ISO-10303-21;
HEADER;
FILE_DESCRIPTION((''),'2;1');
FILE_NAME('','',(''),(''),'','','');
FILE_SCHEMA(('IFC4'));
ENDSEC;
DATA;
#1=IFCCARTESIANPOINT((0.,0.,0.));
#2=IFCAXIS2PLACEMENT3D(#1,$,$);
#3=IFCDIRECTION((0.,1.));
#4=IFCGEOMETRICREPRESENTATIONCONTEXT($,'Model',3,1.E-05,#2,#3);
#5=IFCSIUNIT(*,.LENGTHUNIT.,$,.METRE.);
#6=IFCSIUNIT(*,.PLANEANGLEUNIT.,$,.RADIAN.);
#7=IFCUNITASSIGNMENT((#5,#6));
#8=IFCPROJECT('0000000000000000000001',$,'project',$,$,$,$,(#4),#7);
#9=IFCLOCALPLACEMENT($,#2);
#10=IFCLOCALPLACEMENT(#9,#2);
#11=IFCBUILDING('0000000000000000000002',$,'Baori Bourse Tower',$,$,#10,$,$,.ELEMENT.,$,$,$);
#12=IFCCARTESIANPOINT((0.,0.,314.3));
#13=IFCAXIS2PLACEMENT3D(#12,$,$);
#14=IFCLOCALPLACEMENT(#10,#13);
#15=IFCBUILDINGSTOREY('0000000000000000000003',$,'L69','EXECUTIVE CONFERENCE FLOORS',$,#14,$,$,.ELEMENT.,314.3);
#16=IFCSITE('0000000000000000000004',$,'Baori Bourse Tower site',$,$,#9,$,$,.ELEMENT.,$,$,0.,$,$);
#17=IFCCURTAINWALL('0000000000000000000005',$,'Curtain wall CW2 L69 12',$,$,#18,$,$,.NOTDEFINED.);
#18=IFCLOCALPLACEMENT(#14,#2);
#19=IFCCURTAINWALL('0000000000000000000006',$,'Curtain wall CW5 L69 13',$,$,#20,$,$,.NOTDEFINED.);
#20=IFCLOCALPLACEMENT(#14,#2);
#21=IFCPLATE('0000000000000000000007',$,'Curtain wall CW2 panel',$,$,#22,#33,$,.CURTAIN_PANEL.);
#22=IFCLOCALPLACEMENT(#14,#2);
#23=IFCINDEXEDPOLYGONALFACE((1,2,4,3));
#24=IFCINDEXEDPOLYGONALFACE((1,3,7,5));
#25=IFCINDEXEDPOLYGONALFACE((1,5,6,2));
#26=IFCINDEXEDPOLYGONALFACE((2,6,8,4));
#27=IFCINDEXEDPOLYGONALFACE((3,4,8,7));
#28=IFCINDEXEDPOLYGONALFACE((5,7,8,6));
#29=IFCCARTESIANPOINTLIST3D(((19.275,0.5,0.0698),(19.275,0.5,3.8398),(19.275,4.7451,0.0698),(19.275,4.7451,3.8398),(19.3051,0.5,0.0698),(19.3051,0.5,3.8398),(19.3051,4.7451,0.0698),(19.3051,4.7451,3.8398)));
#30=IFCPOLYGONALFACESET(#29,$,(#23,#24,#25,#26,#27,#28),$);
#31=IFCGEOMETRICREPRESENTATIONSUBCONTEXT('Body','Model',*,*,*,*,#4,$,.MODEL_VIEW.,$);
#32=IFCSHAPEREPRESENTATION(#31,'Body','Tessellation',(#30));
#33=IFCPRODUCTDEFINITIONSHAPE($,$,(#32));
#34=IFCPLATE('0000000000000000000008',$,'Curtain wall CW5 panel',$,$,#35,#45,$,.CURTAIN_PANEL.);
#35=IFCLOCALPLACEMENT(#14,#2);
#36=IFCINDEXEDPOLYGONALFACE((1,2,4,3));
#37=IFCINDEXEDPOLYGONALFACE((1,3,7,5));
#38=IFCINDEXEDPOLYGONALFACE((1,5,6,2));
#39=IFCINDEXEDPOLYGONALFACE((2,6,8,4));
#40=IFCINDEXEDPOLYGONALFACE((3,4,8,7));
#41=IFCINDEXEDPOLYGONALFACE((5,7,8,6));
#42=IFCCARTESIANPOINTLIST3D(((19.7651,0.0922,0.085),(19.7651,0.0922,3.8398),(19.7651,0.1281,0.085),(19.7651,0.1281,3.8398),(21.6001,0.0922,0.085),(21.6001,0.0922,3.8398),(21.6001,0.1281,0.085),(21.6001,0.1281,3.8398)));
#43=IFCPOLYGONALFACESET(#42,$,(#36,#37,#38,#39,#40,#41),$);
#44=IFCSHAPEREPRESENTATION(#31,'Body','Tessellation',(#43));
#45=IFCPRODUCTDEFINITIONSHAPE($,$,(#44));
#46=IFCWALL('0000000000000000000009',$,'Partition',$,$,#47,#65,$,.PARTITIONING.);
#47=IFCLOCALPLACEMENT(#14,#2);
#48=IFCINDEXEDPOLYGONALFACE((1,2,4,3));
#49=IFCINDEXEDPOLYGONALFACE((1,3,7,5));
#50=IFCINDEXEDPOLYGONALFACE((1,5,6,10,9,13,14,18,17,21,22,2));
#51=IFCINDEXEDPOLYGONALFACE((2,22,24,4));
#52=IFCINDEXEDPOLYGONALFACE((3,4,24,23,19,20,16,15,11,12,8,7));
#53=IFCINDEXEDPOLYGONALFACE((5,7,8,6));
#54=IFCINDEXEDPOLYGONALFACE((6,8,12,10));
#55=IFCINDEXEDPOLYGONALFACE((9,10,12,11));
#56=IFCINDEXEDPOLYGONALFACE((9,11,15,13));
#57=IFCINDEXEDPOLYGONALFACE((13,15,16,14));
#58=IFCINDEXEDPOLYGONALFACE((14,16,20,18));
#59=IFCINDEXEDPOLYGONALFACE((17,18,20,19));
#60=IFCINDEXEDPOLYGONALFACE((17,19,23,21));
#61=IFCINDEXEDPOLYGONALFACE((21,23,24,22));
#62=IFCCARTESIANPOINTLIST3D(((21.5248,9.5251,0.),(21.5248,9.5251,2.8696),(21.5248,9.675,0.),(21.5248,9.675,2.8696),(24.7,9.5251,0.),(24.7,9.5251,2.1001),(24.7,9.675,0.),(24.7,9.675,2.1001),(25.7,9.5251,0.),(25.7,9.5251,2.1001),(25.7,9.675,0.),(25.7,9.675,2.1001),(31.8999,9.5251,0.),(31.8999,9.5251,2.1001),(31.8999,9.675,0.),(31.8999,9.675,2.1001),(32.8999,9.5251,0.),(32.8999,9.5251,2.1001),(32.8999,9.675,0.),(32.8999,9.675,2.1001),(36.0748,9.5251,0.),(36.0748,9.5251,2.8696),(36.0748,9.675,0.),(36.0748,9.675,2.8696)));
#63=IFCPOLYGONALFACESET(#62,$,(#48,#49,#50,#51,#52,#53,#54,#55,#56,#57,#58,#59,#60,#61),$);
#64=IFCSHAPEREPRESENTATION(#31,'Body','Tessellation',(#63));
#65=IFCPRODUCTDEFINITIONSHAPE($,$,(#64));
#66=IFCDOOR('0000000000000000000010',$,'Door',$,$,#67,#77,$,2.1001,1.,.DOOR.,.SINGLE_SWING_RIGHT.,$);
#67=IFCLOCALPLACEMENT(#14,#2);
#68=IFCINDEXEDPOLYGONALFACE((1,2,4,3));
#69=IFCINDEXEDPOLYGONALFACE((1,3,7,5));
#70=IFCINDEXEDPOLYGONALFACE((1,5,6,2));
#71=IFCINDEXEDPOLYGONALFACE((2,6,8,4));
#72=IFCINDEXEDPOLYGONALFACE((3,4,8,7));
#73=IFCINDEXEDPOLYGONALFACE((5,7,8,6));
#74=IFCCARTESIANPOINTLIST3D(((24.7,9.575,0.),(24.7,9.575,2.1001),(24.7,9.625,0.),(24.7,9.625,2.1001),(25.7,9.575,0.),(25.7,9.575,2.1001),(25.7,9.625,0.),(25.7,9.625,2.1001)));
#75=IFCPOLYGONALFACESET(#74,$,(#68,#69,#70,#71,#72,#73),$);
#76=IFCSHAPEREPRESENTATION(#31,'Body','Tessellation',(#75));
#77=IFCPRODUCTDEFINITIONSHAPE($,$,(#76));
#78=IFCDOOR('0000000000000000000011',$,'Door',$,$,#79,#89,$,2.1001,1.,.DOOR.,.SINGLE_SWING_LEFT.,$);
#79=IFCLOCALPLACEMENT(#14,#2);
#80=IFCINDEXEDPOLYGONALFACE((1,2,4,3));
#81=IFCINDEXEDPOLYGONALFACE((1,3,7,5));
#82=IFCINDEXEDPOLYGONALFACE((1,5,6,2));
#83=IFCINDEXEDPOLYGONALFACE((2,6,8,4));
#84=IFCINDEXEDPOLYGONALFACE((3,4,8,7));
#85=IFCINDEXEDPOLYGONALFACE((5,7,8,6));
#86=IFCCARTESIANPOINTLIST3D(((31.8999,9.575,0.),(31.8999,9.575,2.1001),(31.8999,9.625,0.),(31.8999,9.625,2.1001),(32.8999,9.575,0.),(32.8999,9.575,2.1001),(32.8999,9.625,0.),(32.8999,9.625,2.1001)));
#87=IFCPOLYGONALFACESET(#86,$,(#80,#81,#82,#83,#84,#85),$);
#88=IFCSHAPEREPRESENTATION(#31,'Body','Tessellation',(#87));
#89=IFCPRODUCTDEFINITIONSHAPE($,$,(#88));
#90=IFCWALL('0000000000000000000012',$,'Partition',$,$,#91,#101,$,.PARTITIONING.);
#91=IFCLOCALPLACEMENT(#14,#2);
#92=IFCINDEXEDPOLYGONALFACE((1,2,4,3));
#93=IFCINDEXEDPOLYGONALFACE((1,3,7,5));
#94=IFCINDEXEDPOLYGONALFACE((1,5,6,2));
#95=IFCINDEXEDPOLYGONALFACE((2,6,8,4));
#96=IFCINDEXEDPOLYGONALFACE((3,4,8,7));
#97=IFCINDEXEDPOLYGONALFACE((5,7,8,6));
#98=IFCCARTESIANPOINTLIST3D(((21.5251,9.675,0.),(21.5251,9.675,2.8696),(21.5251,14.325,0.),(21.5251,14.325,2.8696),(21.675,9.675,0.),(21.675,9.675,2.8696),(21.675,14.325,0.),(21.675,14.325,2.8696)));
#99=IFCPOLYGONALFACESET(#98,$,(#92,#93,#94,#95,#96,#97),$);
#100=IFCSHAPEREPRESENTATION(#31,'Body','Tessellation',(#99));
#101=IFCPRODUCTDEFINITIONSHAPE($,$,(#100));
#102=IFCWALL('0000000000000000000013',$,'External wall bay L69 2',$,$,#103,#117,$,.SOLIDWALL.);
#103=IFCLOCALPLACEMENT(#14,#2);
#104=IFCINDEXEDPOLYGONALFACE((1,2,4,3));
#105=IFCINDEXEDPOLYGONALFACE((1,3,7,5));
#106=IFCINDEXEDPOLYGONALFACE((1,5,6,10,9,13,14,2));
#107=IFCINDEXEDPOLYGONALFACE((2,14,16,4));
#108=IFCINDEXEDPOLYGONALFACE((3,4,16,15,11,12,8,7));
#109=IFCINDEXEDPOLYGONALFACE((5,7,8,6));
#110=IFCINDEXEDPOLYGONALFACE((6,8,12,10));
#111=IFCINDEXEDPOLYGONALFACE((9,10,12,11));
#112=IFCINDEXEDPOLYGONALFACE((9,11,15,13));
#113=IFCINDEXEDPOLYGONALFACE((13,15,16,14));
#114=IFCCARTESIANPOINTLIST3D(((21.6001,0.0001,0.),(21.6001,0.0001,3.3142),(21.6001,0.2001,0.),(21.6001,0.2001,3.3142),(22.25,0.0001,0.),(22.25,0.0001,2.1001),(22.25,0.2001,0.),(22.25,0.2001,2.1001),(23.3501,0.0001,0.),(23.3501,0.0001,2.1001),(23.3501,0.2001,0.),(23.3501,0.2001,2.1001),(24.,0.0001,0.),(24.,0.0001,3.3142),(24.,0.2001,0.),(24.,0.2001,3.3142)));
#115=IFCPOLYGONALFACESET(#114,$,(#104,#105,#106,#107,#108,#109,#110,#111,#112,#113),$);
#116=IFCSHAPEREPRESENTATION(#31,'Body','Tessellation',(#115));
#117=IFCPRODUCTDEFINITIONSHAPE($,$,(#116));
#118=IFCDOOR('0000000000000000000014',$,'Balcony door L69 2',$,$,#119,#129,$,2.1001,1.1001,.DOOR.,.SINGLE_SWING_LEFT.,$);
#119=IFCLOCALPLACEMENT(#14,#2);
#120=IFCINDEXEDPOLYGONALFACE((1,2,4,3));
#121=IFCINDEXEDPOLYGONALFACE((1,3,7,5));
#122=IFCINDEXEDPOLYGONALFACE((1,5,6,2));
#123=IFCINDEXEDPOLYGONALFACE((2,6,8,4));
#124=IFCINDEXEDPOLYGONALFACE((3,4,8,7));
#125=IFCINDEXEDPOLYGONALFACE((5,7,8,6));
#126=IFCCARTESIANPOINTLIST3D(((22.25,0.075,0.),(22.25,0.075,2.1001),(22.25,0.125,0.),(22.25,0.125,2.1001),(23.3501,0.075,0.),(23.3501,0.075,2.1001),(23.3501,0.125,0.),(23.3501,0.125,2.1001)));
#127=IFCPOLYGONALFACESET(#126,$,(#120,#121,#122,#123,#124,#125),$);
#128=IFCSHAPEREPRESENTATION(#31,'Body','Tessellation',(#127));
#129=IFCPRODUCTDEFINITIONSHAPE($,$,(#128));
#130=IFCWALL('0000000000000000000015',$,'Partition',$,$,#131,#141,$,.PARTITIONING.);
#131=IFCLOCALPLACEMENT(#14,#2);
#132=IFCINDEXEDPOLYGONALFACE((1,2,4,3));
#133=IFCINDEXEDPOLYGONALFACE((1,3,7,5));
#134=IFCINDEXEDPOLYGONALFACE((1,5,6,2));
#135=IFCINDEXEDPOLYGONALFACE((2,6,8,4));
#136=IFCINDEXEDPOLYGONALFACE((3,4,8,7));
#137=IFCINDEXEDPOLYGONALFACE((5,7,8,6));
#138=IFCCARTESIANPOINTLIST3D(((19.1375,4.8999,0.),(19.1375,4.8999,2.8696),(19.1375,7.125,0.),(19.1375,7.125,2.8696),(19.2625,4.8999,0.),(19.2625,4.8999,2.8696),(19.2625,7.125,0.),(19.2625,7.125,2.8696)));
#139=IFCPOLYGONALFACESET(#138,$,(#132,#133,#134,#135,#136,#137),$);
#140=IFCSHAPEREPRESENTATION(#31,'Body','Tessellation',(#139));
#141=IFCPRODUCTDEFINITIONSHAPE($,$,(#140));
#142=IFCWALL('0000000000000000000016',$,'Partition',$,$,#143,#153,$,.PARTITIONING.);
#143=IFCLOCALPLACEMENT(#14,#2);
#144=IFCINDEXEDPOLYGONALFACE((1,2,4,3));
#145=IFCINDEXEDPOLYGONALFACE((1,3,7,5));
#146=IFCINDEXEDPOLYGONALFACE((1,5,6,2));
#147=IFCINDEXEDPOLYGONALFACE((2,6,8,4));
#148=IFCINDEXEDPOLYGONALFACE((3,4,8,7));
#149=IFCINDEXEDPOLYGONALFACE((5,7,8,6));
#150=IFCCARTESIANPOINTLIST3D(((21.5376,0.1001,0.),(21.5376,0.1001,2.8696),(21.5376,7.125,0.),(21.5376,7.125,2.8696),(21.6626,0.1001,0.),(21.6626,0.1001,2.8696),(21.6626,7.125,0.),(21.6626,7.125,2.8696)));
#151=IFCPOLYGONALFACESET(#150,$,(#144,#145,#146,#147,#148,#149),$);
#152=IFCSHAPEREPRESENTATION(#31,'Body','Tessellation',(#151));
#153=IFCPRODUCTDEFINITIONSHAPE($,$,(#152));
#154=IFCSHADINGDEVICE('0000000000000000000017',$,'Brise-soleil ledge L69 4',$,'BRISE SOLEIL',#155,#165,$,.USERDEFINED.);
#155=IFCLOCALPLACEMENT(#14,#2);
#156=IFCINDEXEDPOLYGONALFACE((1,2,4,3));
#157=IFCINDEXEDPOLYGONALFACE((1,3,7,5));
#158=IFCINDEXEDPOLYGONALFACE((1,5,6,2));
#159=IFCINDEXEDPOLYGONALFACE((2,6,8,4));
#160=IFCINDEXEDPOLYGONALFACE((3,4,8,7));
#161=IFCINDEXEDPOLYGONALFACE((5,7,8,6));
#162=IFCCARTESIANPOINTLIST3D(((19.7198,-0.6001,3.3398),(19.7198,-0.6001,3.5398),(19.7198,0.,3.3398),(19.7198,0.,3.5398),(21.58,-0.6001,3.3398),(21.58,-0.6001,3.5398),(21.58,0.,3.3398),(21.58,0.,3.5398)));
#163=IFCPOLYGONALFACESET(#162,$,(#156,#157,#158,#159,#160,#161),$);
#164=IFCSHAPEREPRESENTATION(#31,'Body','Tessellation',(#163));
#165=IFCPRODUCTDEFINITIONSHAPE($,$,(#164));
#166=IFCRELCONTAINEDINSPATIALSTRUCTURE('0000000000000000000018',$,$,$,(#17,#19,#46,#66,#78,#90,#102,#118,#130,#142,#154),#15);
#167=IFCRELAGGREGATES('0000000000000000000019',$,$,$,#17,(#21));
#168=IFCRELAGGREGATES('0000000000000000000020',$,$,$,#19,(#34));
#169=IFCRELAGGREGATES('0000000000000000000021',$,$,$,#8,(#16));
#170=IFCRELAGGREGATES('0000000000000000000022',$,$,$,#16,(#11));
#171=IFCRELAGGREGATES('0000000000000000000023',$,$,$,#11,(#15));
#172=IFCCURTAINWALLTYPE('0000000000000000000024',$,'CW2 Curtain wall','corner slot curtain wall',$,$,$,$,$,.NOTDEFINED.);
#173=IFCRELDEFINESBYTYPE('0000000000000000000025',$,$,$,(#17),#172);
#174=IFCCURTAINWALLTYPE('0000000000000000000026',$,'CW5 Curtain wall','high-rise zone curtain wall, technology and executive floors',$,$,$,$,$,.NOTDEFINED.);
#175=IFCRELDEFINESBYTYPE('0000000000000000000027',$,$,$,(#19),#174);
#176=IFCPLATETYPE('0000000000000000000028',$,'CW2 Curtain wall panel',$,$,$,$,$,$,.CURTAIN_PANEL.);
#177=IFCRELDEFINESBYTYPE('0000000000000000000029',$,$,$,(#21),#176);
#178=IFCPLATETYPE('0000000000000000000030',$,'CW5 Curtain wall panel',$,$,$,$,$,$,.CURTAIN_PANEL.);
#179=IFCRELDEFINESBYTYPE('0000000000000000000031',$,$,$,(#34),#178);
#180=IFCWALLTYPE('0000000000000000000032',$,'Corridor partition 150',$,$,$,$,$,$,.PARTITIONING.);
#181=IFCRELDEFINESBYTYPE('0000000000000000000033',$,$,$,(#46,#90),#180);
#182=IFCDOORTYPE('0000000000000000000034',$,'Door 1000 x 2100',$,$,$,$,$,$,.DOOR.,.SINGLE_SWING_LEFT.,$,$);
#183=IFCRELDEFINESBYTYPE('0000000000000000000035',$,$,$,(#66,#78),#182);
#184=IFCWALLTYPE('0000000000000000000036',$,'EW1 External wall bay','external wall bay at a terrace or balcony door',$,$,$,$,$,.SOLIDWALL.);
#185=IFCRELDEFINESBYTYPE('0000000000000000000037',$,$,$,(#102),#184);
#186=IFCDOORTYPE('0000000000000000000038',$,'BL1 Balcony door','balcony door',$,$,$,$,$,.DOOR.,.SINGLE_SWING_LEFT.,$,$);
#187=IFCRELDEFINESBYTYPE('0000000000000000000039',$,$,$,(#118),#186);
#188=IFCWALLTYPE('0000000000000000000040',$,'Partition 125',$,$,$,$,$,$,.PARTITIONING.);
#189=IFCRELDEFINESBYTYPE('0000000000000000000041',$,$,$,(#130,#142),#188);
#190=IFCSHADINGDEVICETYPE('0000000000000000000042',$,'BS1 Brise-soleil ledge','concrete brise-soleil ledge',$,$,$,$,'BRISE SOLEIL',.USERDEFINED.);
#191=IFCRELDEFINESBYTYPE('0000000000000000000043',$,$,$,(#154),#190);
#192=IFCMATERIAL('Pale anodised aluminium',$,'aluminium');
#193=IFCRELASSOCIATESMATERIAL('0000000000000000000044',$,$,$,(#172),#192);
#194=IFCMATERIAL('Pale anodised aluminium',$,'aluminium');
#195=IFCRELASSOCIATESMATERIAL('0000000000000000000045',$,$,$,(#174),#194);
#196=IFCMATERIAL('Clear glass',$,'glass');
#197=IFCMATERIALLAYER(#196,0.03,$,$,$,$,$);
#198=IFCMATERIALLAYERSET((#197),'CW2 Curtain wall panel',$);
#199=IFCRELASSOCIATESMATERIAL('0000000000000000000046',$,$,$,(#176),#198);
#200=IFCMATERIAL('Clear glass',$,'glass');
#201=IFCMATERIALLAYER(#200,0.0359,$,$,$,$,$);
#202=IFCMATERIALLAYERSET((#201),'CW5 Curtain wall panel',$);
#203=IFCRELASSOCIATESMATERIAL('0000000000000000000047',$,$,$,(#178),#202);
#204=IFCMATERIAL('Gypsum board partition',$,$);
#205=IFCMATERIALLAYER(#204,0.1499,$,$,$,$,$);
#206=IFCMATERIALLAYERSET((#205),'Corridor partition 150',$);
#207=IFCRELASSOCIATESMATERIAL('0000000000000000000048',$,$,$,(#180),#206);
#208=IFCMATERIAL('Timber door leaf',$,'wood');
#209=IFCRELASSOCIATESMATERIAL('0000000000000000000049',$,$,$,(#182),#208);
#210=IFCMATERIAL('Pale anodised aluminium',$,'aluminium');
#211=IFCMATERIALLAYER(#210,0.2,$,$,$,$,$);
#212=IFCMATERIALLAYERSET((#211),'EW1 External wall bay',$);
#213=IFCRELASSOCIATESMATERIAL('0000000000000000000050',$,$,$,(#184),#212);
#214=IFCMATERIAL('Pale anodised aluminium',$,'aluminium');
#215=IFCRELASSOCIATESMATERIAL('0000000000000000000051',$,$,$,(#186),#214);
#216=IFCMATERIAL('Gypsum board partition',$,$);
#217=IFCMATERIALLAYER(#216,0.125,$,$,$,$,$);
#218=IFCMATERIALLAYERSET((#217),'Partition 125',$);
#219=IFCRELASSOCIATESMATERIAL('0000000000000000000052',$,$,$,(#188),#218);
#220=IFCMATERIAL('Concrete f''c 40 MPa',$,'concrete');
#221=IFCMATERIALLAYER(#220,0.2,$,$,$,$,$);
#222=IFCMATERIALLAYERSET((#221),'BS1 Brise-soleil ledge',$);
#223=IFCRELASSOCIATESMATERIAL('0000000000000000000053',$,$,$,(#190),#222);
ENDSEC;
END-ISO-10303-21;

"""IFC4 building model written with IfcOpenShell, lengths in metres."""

from ifc_helpers import new_model, si_unit, direction, frame, frame_2d, origin, origin_2d, place, context, subcontext, project, spatial, rectangle, extrude, material, layer, layer_set, type_object, element, fill, aggregate, save


model = new_model("IFC4")

# Units and contexts
model_context = context("Model", 3, precision=1e-05, world=origin(), true_north=direction((0.0, 1.0)))
body_context = subcontext(model_context, "Body", "Model", "MODEL_VIEW")
ifc_project = project(units=[si_unit("LENGTHUNIT", "METRE"), si_unit("PLANEANGLEUNIT", "RADIAN")], contexts=[model_context])

# Site, building, storey
site_placement = place(None, origin())
site = spatial("IfcSite", under=ifc_project, at=site_placement, Name="Baori Bourse Tower site", CompositionType="ELEMENT", RefElevation=0.0)
building_placement = place(site_placement, origin())
building = spatial("IfcBuilding", under=site, at=building_placement, Name="Baori Bourse Tower", CompositionType="ELEMENT")
storey_placement = place(building_placement, frame((0.0, 0.0, 314.3)))
storey = spatial("IfcBuildingStorey", under=building, at=storey_placement, Name="L69", Description="EXECUTIVE CONFERENCE FLOORS", CompositionType="ELEMENT", Elevation=314.3)

# Curtain walls
ifc_material_1 = material(Name="Pale anodised aluminium", Category="aluminium")
curtain_wall_type_1 = type_object("IfcCurtainWallType", Name="CW2 Curtain wall", Description="corner slot curtain wall", PredefinedType="NOTDEFINED", material=ifc_material_1)
curtain_wall_1_placement = place(storey_placement, origin())
curtain_wall_1 = element("IfcCurtainWall", 1, at=curtain_wall_1_placement, inside=storey, type_object=curtain_wall_type_1, Name="Curtain wall CW2 L69 12", PredefinedType="NOTDEFINED")
ifc_material_2 = material(Name="Pale anodised aluminium", Category="aluminium")
curtain_wall_type_2 = type_object("IfcCurtainWallType", Name="CW5 Curtain wall", Description="high-rise zone curtain wall, technology and executive floors", PredefinedType="NOTDEFINED", material=ifc_material_2)
curtain_wall_2_placement = place(storey_placement, origin())
curtain_wall_2 = element("IfcCurtainWall", 2, at=curtain_wall_2_placement, inside=storey, type_object=curtain_wall_type_2, Name="Curtain wall CW5 L69 13", PredefinedType="NOTDEFINED")

# Plates
ifc_material_3 = material(Name="Clear glass", Category="glass")
ifc_layer_1 = layer(ifc_material_3, 0.03)
ifc_layer_set_1 = layer_set([ifc_layer_1], Name="CW2 Curtain wall panel")
plate_type_1 = type_object("IfcPlateType", Name="CW2 Curtain wall panel", PredefinedType="CURTAIN_PANEL", material=ifc_layer_set_1)
plate_1_placement = place(storey_placement, frame((19.29, 2.6226, 0.0698), z_axis=(0.0, 0.0, 1.0), x_axis=(0.0, -1.0, 0.0)))
plate_1 = element("IfcPlate", 3, at=plate_1_placement, type_object=plate_type_1, Name="Curtain wall CW2 panel", PredefinedType="CURTAIN_PANEL", context=body_context, shape_type="SweptSolid", body=[
    extrude(rectangle(XDim=4.2451, YDim=0.03, at=origin_2d()), origin(), (0.0, 0.0, 1.0), 3.77),
])
aggregate(curtain_wall_1, [plate_1])
ifc_material_4 = material(Name="Clear glass", Category="glass")
ifc_layer_2 = layer(ifc_material_4, 0.0359)
ifc_layer_set_2 = layer_set([ifc_layer_2], Name="CW5 Curtain wall panel")
plate_type_2 = type_object("IfcPlateType", Name="CW5 Curtain wall panel", PredefinedType="CURTAIN_PANEL", material=ifc_layer_set_2)
plate_2_placement = place(storey_placement, frame((20.6826, 0.1101, 0.085), z_axis=(0.0, 0.0, 1.0), x_axis=(1.0, 0.0, 0.0)))
plate_2 = element("IfcPlate", 4, at=plate_2_placement, type_object=plate_type_2, Name="Curtain wall CW5 panel", PredefinedType="CURTAIN_PANEL", context=body_context, shape_type="SweptSolid", body=[
    extrude(rectangle(XDim=1.835, YDim=0.0359, at=origin_2d()), origin(), (0.0, 0.0, 1.0), 3.7549),
])
aggregate(curtain_wall_2, [plate_2])

# Wall, openings, doors
ifc_material_5 = material(Name="Gypsum board partition")
ifc_layer_3 = layer(ifc_material_5, 0.1499)
ifc_layer_set_3 = layer_set([ifc_layer_3], Name="Corridor partition 150")
wall_type_1 = type_object("IfcWallType", Name="Corridor partition 150", PredefinedType="PARTITIONING", material=ifc_layer_set_3)
wall_1_placement = place(storey_placement, frame((21.5249, 9.6001, 0.0), z_axis=(0.0, 0.0, 1.0), x_axis=(1.0, 0.0, 0.0)))
wall_1 = element("IfcWall", 5, at=wall_1_placement, inside=storey, type_object=wall_type_1, Name="Partition", PredefinedType="PARTITIONING", context=body_context, shape_type="SweptSolid", body=[
    extrude(rectangle(XDim=14.55, YDim=0.1499, at=frame_2d((7.2749, 0.0))), origin(), (0.0, 0.0, 1.0), 2.8696),
])
opening_1_placement = place(wall_1_placement, frame((3.175, 0.0, 0.0)))
opening_1 = element("IfcOpeningElement", 6, at=opening_1_placement, cuts=wall_1, PredefinedType="OPENING", context=body_context, shape_type="SweptSolid", body=[
    extrude(rectangle(XDim=1.0, YDim=2.1001, at=frame_2d((0.5, 1.05))), frame((0.0, 0.085, 0.0), z_axis=(0.0, -1.0, 0.0), x_axis=(1.0, 0.0, 0.0)), (0.0, 0.0, 1.0), 0.1699),
])
opening_2_placement = place(wall_1_placement, frame((10.375, 0.0, 0.0)))
opening_2 = element("IfcOpeningElement", 7, at=opening_2_placement, cuts=wall_1, PredefinedType="OPENING", context=body_context, shape_type="SweptSolid", body=[
    extrude(rectangle(XDim=1.0, YDim=2.1001, at=frame_2d((0.5, 1.05))), frame((0.0, 0.085, 0.0), z_axis=(0.0, -1.0, 0.0), x_axis=(1.0, 0.0, 0.0)), (0.0, 0.0, 1.0), 0.1699),
])
ifc_material_6 = material(Name="Timber door leaf", Category="wood")
door_type_1 = type_object("IfcDoorType", Name="Door 1000 x 2100", OperationType="SINGLE_SWING_LEFT", PredefinedType="DOOR", material=ifc_material_6)
door_1_placement = place(opening_1_placement, origin())
door_1 = element("IfcDoor", 8, at=door_1_placement, inside=storey, type_object=door_type_1, Name="Door", OperationType="SINGLE_SWING_RIGHT", OverallHeight=2.1001, OverallWidth=1.0, PredefinedType="DOOR", context=body_context, shape_type="SweptSolid", body=[
    extrude(rectangle(XDim=1.0, YDim=2.1001, at=frame_2d((0.5, 1.05))), frame((0.0, 0.0249, 0.0), z_axis=(0.0, -1.0, 0.0), x_axis=(1.0, 0.0, 0.0)), (0.0, 0.0, 1.0), 0.05),
])
fill(opening_1, door_1)
door_2_placement = place(opening_2_placement, origin())
door_2 = element("IfcDoor", 9, at=door_2_placement, inside=storey, type_object=door_type_1, Name="Door", OperationType="SINGLE_SWING_LEFT", OverallHeight=2.1001, OverallWidth=1.0, PredefinedType="DOOR", context=body_context, shape_type="SweptSolid", body=[
    extrude(rectangle(XDim=1.0, YDim=2.1001, at=frame_2d((0.5, 1.05))), frame((0.0, 0.0249, 0.0), z_axis=(0.0, -1.0, 0.0), x_axis=(1.0, 0.0, 0.0)), (0.0, 0.0, 1.0), 0.05),
])
fill(opening_2, door_2)

# Wall
wall_2_placement = place(storey_placement, frame((21.6001, 9.675, 0.0), z_axis=(0.0, 0.0, 1.0), x_axis=(0.0, 1.0, 0.0)))
element("IfcWall", 10, at=wall_2_placement, inside=storey, type_object=wall_type_1, Name="Partition", PredefinedType="PARTITIONING", context=body_context, shape_type="SweptSolid", body=[
    extrude(rectangle(XDim=4.6499, YDim=0.1499, at=frame_2d((2.325, 0.0))), origin(), (0.0, 0.0, 1.0), 2.8696),
])

# Wall, opening, door
ifc_material_7 = material(Name="Pale anodised aluminium", Category="aluminium")
ifc_layer_4 = layer(ifc_material_7, 0.2)
ifc_layer_set_4 = layer_set([ifc_layer_4], Name="EW1 External wall bay")
wall_type_2 = type_object("IfcWallType", Name="EW1 External wall bay", Description="external wall bay at a terrace or balcony door", PredefinedType="SOLIDWALL", material=ifc_layer_set_4)
wall_3_placement = place(storey_placement, frame((21.6001, 0.1001, 0.0), z_axis=(0.0, 0.0, 1.0), x_axis=(1.0, 0.0, 0.0)))
wall_3 = element("IfcWall", 11, at=wall_3_placement, inside=storey, type_object=wall_type_2, Name="External wall bay L69 2", PredefinedType="SOLIDWALL", context=body_context, shape_type="SweptSolid", body=[
    extrude(rectangle(XDim=2.3999, YDim=0.2, at=frame_2d((1.2, 0.0))), origin(), (0.0, 0.0, 1.0), 3.3142),
])
opening_3_placement = place(wall_3_placement, frame((0.6499, 0.0, 0.0)))
opening_3 = element("IfcOpeningElement", 12, at=opening_3_placement, cuts=wall_3, PredefinedType="OPENING", context=body_context, shape_type="SweptSolid", body=[
    extrude(rectangle(XDim=1.1001, YDim=2.1001, at=frame_2d((0.55, 1.05))), frame((0.0, 0.1099, 0.0), z_axis=(0.0, -1.0, 0.0), x_axis=(1.0, 0.0, 0.0)), (0.0, 0.0, 1.0), 0.22),
])
ifc_material_8 = material(Name="Pale anodised aluminium", Category="aluminium")
door_type_2 = type_object("IfcDoorType", Name="BL1 Balcony door", Description="balcony door", OperationType="SINGLE_SWING_LEFT", PredefinedType="DOOR", material=ifc_material_8)
door_3_placement = place(opening_3_placement, origin())
door_3 = element("IfcDoor", 13, at=door_3_placement, inside=storey, type_object=door_type_2, Name="Balcony door L69 2", OperationType="SINGLE_SWING_LEFT", OverallHeight=2.1001, OverallWidth=1.1001, PredefinedType="DOOR", context=body_context, shape_type="SweptSolid", body=[
    extrude(rectangle(XDim=1.1001, YDim=2.1001, at=frame_2d((0.55, 1.05))), frame((0.0, 0.0249, 0.0), z_axis=(0.0, -1.0, 0.0), x_axis=(1.0, 0.0, 0.0)), (0.0, 0.0, 1.0), 0.05),
])
fill(opening_3, door_3)

# Walls
ifc_material_9 = material(Name="Gypsum board partition")
ifc_layer_5 = layer(ifc_material_9, 0.125)
ifc_layer_set_5 = layer_set([ifc_layer_5], Name="Partition 125")
wall_type_3 = type_object("IfcWallType", Name="Partition 125", PredefinedType="PARTITIONING", material=ifc_layer_set_5)
wall_4_placement = place(storey_placement, frame((19.2, 4.8999, 0.0), z_axis=(0.0, 0.0, 1.0), x_axis=(0.0, 1.0, 0.0)))
element("IfcWall", 14, at=wall_4_placement, inside=storey, type_object=wall_type_3, Name="Partition", PredefinedType="PARTITIONING", context=body_context, shape_type="SweptSolid", body=[
    extrude(rectangle(XDim=2.2251, YDim=0.125, at=frame_2d((1.1125, 0.0))), origin(), (0.0, 0.0, 1.0), 2.8696),
])
wall_5_placement = place(storey_placement, frame((21.6001, 0.1001, 0.0), z_axis=(0.0, 0.0, 1.0), x_axis=(0.0, 1.0, 0.0)))
element("IfcWall", 15, at=wall_5_placement, inside=storey, type_object=wall_type_3, Name="Partition", PredefinedType="PARTITIONING", context=body_context, shape_type="SweptSolid", body=[
    extrude(rectangle(XDim=7.0249, YDim=0.125, at=frame_2d((3.5125, 0.0))), origin(), (0.0, 0.0, 1.0), 2.8696),
])

# Shading device
ifc_material_10 = material(Name="Concrete f'c 40 MPa", Category="concrete")
ifc_layer_6 = layer(ifc_material_10, 0.2)
ifc_layer_set_6 = layer_set([ifc_layer_6], Name="BS1 Brise-soleil ledge")
shading_device_type = type_object("IfcShadingDeviceType", Name="BS1 Brise-soleil ledge", Description="concrete brise-soleil ledge", ElementType="BRISE SOLEIL", PredefinedType="USERDEFINED", material=ifc_layer_set_6)
shading_device_placement = place(storey_placement, frame((20.6499, -0.3, 3.3398), z_axis=(0.0, 0.0, 1.0), x_axis=(1.0, 0.0, 0.0)))
element("IfcShadingDevice", 16, at=shading_device_placement, inside=storey, type_object=shading_device_type, Name="Brise-soleil ledge L69 4", ObjectType="BRISE SOLEIL", PredefinedType="USERDEFINED", context=body_context, shape_type="SweptSolid", body=[
    extrude(rectangle(XDim=1.8601, YDim=0.6001, at=origin_2d()), origin(), (0.0, 0.0, 1.0), 0.2),
])

save(model, "model.ifc")
